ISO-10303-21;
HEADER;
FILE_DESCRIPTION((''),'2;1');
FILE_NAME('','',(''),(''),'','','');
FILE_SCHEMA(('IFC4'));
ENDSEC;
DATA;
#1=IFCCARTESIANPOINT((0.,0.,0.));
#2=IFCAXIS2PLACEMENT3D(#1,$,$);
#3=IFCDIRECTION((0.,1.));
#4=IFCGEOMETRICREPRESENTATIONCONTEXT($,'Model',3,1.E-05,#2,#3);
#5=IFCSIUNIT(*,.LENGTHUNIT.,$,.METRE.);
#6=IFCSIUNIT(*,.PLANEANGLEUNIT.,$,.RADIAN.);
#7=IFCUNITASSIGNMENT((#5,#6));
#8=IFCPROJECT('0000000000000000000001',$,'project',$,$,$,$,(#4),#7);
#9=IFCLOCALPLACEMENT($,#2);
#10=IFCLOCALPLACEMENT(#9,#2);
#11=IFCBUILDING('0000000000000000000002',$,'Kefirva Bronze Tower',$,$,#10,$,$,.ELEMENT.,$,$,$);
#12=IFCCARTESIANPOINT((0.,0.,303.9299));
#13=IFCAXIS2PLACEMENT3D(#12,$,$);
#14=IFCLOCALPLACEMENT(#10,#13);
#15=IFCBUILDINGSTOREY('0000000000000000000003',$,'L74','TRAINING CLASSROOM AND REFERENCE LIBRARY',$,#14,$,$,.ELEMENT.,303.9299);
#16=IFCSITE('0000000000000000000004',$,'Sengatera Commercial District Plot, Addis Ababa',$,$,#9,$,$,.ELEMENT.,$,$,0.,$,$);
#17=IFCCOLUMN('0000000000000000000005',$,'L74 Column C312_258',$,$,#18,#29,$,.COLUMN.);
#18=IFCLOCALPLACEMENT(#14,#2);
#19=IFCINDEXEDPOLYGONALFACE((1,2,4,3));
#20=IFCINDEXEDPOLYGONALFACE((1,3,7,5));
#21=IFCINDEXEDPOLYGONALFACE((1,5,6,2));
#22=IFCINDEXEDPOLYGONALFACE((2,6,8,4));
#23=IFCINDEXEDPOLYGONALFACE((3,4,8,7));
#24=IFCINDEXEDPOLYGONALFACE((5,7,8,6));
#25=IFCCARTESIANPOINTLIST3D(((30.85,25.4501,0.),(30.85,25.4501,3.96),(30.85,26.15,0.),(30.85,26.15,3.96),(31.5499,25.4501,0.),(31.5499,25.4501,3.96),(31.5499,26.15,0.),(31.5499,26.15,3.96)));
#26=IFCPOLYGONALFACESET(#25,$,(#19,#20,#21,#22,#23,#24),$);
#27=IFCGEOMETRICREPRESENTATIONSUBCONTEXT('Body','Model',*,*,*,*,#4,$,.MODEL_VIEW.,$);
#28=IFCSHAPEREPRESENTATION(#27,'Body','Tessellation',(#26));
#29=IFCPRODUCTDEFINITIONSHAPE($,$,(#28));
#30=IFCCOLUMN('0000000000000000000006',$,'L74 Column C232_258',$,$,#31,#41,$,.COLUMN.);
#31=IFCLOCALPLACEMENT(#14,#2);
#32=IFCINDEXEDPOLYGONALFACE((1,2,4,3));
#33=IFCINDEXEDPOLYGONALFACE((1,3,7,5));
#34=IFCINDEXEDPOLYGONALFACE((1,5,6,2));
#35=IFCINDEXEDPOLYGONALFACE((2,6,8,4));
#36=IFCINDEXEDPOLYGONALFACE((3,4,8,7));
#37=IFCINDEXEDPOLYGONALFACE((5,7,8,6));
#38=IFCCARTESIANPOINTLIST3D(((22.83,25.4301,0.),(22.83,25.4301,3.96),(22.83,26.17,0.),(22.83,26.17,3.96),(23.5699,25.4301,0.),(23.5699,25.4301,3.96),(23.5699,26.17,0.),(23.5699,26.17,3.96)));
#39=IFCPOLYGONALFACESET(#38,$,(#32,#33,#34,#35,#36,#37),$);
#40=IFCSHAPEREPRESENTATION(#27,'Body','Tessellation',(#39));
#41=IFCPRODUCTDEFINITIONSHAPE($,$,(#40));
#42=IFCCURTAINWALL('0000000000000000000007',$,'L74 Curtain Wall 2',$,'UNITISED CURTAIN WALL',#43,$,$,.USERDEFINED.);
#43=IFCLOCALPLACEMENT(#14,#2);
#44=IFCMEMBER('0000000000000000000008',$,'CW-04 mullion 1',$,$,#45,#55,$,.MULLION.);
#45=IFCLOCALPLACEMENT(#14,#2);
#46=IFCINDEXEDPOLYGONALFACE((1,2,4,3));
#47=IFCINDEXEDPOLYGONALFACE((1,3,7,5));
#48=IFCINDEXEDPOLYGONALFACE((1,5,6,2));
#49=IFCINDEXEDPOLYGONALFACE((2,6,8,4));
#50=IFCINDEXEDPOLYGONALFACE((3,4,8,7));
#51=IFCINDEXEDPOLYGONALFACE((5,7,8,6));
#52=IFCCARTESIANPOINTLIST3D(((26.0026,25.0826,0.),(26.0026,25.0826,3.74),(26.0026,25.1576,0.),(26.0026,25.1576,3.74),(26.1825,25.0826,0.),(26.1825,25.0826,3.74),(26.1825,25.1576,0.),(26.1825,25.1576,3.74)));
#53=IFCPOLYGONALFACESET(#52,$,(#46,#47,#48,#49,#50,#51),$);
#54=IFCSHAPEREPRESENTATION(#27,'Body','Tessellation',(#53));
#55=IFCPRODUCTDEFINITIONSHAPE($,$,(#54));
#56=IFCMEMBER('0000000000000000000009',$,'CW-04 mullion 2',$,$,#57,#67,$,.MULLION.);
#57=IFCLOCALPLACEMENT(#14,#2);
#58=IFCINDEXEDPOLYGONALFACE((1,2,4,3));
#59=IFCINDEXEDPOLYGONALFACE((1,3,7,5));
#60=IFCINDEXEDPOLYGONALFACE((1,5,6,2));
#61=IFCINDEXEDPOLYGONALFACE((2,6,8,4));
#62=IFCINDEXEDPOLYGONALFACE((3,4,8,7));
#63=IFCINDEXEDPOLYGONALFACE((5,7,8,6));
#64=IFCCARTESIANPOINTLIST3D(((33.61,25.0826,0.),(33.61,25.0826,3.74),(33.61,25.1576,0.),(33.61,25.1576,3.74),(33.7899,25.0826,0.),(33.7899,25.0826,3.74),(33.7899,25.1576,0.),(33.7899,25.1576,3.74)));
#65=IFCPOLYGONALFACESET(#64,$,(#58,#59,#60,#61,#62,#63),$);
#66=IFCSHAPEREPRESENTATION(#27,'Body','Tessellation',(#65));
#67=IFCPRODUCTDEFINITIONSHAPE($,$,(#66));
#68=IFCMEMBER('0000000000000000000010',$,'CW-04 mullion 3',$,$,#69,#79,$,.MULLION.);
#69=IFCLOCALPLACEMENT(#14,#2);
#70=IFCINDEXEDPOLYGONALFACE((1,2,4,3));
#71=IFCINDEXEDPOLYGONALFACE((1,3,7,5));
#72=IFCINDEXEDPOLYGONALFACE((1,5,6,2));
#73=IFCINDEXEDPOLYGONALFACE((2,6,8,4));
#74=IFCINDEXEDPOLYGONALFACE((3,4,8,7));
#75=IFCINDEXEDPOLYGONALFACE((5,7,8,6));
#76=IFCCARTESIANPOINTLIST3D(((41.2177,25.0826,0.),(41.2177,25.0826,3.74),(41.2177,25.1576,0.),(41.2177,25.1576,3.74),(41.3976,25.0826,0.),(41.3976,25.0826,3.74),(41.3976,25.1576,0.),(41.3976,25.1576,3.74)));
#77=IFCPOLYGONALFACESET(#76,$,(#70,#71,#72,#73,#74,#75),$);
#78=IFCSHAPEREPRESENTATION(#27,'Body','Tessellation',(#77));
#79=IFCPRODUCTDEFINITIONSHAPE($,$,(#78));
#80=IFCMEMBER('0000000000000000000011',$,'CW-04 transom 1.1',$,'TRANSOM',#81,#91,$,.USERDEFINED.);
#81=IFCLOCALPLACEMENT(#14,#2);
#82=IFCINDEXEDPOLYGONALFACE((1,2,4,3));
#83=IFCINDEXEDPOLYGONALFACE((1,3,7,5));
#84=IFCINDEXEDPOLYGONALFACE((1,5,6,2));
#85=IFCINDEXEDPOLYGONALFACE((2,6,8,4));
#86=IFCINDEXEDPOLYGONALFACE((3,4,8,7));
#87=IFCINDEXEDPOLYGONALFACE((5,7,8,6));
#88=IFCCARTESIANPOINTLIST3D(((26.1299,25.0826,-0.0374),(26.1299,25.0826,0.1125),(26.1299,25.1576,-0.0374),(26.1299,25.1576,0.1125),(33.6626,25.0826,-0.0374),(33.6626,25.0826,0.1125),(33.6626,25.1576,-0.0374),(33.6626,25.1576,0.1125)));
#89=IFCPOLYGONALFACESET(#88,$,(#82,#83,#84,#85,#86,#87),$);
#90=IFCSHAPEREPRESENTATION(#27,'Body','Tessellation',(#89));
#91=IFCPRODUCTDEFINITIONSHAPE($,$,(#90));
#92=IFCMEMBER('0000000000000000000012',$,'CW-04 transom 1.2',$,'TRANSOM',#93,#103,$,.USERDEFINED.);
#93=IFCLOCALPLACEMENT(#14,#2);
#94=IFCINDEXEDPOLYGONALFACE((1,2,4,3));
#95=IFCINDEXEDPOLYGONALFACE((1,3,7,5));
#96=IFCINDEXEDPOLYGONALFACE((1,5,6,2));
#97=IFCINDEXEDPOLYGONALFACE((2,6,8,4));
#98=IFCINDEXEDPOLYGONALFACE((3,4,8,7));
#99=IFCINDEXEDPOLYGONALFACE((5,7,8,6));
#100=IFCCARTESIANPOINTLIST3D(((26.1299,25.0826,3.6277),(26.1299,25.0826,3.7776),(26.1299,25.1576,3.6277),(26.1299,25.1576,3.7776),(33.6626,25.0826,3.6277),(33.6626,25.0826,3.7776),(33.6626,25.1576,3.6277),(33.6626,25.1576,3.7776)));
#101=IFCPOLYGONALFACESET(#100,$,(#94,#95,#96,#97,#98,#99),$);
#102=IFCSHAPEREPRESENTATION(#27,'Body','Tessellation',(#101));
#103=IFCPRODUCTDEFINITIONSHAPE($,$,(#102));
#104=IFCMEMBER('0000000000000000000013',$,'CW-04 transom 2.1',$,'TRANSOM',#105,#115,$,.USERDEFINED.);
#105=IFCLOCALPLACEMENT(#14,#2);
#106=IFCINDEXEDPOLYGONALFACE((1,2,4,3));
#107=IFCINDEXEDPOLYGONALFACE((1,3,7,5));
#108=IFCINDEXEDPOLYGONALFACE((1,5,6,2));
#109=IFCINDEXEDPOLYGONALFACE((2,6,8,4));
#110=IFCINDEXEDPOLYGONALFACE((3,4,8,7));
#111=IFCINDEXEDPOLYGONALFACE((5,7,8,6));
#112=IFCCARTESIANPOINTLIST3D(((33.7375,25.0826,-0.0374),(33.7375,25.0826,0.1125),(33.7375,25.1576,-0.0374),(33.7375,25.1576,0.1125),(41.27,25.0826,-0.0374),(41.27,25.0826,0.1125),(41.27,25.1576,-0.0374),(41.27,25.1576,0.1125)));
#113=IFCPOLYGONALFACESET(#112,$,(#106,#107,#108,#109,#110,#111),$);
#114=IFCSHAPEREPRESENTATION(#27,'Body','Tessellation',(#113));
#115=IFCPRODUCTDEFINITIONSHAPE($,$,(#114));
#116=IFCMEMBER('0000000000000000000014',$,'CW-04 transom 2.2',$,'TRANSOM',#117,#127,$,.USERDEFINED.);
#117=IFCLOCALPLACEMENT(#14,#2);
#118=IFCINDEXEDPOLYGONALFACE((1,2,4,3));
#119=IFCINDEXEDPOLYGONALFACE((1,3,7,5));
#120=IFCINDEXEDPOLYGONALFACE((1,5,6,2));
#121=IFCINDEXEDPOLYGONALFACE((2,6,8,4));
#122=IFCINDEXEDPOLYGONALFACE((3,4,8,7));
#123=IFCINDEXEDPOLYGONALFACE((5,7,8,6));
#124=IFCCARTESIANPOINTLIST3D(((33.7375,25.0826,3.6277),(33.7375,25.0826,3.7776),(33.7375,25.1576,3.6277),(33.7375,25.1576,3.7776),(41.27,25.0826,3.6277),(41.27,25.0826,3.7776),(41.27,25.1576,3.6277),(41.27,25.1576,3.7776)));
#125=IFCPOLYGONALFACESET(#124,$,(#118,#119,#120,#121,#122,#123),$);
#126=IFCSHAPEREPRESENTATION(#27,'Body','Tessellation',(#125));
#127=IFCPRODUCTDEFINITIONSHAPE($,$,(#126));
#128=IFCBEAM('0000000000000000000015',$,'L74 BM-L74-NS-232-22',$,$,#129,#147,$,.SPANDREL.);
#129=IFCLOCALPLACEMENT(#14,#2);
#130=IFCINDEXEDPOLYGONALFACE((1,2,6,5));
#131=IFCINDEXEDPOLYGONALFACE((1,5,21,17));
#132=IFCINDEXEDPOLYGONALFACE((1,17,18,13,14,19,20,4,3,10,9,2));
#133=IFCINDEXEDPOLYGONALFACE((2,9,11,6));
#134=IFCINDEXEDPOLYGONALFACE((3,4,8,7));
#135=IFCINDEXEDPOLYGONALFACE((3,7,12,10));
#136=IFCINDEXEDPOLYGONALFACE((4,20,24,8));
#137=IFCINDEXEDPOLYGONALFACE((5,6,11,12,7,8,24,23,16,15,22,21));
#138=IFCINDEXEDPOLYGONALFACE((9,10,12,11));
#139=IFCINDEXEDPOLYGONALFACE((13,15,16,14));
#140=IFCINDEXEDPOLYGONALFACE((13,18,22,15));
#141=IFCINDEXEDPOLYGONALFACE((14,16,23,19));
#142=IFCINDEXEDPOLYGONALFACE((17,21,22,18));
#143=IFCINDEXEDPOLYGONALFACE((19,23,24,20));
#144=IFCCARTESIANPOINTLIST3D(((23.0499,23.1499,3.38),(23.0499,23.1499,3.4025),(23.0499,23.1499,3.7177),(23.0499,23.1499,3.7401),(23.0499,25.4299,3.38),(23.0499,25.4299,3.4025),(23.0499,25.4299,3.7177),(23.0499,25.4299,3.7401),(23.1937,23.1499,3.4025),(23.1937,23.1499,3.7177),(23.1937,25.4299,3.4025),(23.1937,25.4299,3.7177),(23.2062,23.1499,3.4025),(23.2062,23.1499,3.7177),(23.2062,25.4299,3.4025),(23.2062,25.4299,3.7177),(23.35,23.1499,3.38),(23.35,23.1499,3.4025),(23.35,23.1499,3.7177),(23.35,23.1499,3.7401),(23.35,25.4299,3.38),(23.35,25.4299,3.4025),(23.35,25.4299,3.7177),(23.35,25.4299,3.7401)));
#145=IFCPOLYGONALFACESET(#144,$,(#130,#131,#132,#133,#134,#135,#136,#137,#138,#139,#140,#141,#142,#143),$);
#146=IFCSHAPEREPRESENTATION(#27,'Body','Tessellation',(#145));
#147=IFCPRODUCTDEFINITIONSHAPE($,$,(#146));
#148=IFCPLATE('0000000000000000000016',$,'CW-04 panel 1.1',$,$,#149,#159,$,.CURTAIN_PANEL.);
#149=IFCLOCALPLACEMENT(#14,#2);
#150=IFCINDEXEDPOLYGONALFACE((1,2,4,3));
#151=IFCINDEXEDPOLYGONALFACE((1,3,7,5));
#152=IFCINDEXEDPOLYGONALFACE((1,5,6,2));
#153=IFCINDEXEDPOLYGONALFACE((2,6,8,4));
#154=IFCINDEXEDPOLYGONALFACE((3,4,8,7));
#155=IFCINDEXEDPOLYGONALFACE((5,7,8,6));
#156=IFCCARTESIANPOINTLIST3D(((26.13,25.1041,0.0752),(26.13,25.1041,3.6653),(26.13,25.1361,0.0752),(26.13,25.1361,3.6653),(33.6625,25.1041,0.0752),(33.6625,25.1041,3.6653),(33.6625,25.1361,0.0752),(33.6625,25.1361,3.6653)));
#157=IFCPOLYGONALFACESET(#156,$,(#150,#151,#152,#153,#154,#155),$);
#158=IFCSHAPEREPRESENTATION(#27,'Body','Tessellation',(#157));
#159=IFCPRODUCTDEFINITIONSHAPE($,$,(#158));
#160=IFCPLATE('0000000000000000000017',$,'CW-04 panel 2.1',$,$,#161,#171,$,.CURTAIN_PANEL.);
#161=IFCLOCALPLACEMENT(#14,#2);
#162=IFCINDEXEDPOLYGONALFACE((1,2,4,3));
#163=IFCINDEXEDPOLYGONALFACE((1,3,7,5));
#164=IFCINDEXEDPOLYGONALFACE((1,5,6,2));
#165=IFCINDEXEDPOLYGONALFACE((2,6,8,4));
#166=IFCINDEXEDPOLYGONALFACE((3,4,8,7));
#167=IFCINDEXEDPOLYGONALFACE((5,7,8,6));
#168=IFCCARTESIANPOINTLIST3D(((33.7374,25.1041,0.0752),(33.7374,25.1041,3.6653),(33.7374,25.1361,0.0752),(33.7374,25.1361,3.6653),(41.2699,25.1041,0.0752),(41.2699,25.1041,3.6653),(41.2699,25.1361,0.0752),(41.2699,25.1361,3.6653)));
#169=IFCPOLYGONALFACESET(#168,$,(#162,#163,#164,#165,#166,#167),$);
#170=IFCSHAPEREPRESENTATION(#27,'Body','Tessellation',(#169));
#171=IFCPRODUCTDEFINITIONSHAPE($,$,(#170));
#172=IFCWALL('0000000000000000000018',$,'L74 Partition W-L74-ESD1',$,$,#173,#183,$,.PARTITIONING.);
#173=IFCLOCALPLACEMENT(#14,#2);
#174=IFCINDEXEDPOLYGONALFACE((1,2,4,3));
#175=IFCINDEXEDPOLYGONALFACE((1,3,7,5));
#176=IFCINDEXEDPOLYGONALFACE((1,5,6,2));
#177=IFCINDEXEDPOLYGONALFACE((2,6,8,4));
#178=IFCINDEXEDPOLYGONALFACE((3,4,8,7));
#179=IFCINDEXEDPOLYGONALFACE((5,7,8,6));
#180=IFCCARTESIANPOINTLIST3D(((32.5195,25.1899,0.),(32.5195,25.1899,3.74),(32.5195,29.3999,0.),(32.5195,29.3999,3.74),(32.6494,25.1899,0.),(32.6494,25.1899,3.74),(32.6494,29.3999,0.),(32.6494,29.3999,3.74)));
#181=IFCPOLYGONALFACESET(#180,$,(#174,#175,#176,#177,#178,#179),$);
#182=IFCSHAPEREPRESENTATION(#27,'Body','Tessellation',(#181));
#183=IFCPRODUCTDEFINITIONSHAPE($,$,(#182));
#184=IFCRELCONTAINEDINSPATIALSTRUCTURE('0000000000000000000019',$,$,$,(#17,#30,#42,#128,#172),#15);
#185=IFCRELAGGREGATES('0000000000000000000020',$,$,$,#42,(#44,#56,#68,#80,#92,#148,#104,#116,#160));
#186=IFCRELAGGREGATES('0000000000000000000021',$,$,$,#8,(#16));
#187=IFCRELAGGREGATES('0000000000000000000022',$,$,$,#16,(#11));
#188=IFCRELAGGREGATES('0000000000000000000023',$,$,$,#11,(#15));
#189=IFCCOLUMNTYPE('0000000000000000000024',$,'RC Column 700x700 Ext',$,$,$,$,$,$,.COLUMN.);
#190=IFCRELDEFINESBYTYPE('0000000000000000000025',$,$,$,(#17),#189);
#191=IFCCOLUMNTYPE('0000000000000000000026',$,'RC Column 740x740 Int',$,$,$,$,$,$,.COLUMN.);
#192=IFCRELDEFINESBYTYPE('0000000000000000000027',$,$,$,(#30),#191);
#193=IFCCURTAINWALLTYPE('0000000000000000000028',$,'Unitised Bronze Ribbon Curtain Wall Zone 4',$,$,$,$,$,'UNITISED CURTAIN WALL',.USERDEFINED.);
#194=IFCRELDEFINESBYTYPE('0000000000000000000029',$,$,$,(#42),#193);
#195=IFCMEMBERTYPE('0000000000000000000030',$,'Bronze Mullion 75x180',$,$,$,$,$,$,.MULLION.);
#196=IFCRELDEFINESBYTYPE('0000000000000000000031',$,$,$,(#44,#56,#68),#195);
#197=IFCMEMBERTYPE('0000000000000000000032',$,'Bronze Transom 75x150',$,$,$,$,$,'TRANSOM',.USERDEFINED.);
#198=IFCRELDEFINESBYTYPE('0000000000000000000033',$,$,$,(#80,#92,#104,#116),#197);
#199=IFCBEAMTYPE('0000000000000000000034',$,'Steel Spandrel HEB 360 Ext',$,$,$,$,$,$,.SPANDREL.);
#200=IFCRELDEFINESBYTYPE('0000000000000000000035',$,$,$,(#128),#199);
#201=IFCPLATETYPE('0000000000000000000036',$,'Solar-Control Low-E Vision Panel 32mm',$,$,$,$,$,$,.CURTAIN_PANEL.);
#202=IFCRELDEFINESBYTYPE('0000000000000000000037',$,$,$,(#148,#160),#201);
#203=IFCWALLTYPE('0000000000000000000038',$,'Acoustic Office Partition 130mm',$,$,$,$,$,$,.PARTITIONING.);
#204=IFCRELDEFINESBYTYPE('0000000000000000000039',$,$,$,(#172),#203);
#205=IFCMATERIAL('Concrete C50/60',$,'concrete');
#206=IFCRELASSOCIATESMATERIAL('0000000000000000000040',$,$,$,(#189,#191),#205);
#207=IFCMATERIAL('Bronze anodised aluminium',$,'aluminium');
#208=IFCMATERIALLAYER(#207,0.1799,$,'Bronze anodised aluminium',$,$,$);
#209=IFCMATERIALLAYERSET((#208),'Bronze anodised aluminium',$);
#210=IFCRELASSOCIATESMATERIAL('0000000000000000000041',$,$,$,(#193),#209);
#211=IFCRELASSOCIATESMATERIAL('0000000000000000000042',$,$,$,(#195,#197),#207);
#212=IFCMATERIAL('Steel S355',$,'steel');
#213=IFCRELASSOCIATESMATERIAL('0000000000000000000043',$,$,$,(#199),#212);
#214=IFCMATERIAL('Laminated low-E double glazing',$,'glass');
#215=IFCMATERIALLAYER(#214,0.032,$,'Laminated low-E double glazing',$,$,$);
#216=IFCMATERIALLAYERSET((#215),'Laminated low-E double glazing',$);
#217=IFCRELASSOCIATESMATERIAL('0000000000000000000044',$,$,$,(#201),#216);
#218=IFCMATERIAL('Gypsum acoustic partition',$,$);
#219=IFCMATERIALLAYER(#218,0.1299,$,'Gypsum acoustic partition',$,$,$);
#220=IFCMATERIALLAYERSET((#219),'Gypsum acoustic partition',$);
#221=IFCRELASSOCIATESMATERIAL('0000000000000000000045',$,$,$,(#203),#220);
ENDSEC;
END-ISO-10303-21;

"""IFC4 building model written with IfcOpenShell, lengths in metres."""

from ifc_helpers import new_model, si_unit, direction, frame, frame_2d, origin, origin_2d, place, context, subcontext, project, spatial, rectangle, i_section, extrude, material, layer, layer_set, material_profile, profile_set, type_object, element, aggregate, save


model = new_model("IFC4")

# Units and contexts
model_context = context("Model", 3, precision=1e-05, world=origin(), true_north=direction((0.0, 1.0)))
body_context = subcontext(model_context, "Body", "Model", "MODEL_VIEW")
ifc_project = project(units=[si_unit("LENGTHUNIT", "METRE"), si_unit("PLANEANGLEUNIT", "RADIAN")], contexts=[model_context])

# Site, building, storey
site_placement = place(None, origin())
site = spatial("IfcSite", under=ifc_project, at=site_placement, Name="Sengatera Commercial District Plot, Addis Ababa", CompositionType="ELEMENT", RefElevation=0.0)
building_placement = place(site_placement, origin())
building = spatial("IfcBuilding", under=site, at=building_placement, Name="Kefirva Bronze Tower", CompositionType="ELEMENT")
storey_placement = place(building_placement, frame((0.0, 0.0, 303.9299)))
storey = spatial("IfcBuildingStorey", under=building, at=storey_placement, Name="L74", Description="TRAINING CLASSROOM AND REFERENCE LIBRARY", CompositionType="ELEMENT", Elevation=303.9299)

# Columns
ifc_material_1 = material(Name="Concrete C50/60", Category="concrete")
ifc_material_profile_1 = material_profile(ifc_material_1, rectangle(XDim=0.7, YDim=0.7, at=origin_2d()), Name="RC 700x700")
ifc_profile_set_1 = profile_set([ifc_material_profile_1], Name="Concrete C50/60")
column_type_1 = type_object("IfcColumnType", Name="RC Column 700x700 Ext", PredefinedType="COLUMN", material=ifc_profile_set_1)
column_1_placement = place(storey_placement, frame((31.2, 25.8, 0.0), z_axis=(0.0, 0.0, 1.0), x_axis=(1.0, 0.0, 0.0)))
element("IfcColumn", 1, at=column_1_placement, inside=storey, type_object=column_type_1, Name="L74 Column C312_258", PredefinedType="COLUMN", context=body_context, shape_type="SweptSolid", body=[
    extrude(rectangle(XDim=0.7, YDim=0.7, at=origin_2d()), origin(), (0.0, 0.0, 1.0), 3.96),
])
ifc_material_profile_2 = material_profile(ifc_material_1, rectangle(XDim=0.74, YDim=0.74, at=origin_2d()), Name="RC 740x740")
ifc_profile_set_2 = profile_set([ifc_material_profile_2], Name="Concrete C50/60")
column_type_2 = type_object("IfcColumnType", Name="RC Column 740x740 Int", PredefinedType="COLUMN", material=ifc_profile_set_2)
column_2_placement = place(storey_placement, frame((23.2, 25.8, 0.0), z_axis=(0.0, 0.0, 1.0), x_axis=(1.0, 0.0, 0.0)))
element("IfcColumn", 2, at=column_2_placement, inside=storey, type_object=column_type_2, Name="L74 Column C232_258", PredefinedType="COLUMN", context=body_context, shape_type="SweptSolid", body=[
    extrude(rectangle(XDim=0.74, YDim=0.74, at=origin_2d()), origin(), (0.0, 0.0, 1.0), 3.96),
])

# Curtain wall, members
ifc_material_2 = material(Name="Bronze anodised aluminium", Category="aluminium")
ifc_layer_1 = layer(ifc_material_2, 0.1799, Name="Bronze anodised aluminium")
ifc_layer_set_1 = layer_set([ifc_layer_1], Name="Bronze anodised aluminium")
curtain_wall_type = type_object("IfcCurtainWallType", Name="Unitised Bronze Ribbon Curtain Wall Zone 4", ElementType="UNITISED CURTAIN WALL", PredefinedType="USERDEFINED", material=ifc_layer_set_1)
curtain_wall_placement = place(storey_placement, origin())
curtain_wall = element("IfcCurtainWall", 3, at=curtain_wall_placement, inside=storey, type_object=curtain_wall_type, Name="L74 Curtain Wall 2", ObjectType="UNITISED CURTAIN WALL", PredefinedType="USERDEFINED")
ifc_material_profile_3 = material_profile(ifc_material_2, rectangle(XDim=0.075, YDim=0.1799, at=origin_2d()), Name="ALU 75x180")
ifc_profile_set_3 = profile_set([ifc_material_profile_3], Name="Bronze anodised aluminium")
member_type_1 = type_object("IfcMemberType", Name="Bronze Mullion 75x180", PredefinedType="MULLION", material=ifc_profile_set_3)
member_1_placement = place(storey_placement, frame((26.0925, 25.1201, 0.0), z_axis=(0.0, 0.0, 1.0), x_axis=(0.0, 1.0, 0.0)))
member_1 = element("IfcMember", 4, at=member_1_placement, type_object=member_type_1, Name="CW-04 mullion 1", PredefinedType="MULLION", context=body_context, shape_type="SweptSolid", body=[
    extrude(rectangle(XDim=0.075, YDim=0.1799, at=origin_2d()), origin(), (0.0, 0.0, 1.0), 3.74),
])
member_2_placement = place(storey_placement, frame((33.7, 25.1201, 0.0), z_axis=(0.0, 0.0, 1.0), x_axis=(0.0, 1.0, 0.0)))
member_2 = element("IfcMember", 5, at=member_2_placement, type_object=member_type_1, Name="CW-04 mullion 2", PredefinedType="MULLION", context=body_context, shape_type="SweptSolid", body=[
    extrude(rectangle(XDim=0.075, YDim=0.1799, at=origin_2d()), origin(), (0.0, 0.0, 1.0), 3.74),
])
member_3_placement = place(storey_placement, frame((41.3076, 25.1201, 0.0), z_axis=(0.0, 0.0, 1.0), x_axis=(0.0, 1.0, 0.0)))
member_3 = element("IfcMember", 6, at=member_3_placement, type_object=member_type_1, Name="CW-04 mullion 3", PredefinedType="MULLION", context=body_context, shape_type="SweptSolid", body=[
    extrude(rectangle(XDim=0.075, YDim=0.1799, at=origin_2d()), origin(), (0.0, 0.0, 1.0), 3.74),
])
ifc_material_profile_4 = material_profile(ifc_material_2, rectangle(XDim=0.075, YDim=0.1499, at=origin_2d()), Name="ALU 75x150")
ifc_profile_set_4 = profile_set([ifc_material_profile_4], Name="Bronze anodised aluminium")
member_type_2 = type_object("IfcMemberType", Name="Bronze Transom 75x150", ElementType="TRANSOM", PredefinedType="USERDEFINED", material=ifc_profile_set_4)
member_4_placement = place(storey_placement, frame((26.1299, 25.1201, 0.0376), z_axis=(1.0, 0.0, 0.0), x_axis=(0.0, 1.0, 0.0)))
member_4 = element("IfcMember", 7, at=member_4_placement, type_object=member_type_2, Name="CW-04 transom 1.1", ObjectType="TRANSOM", PredefinedType="USERDEFINED", context=body_context, shape_type="SweptSolid", body=[
    extrude(rectangle(XDim=0.075, YDim=0.1499, at=origin_2d()), origin(), (0.0, 0.0, 1.0), 7.5327),
])
member_5_placement = place(storey_placement, frame((26.1299, 25.1201, 3.7026), z_axis=(1.0, 0.0, 0.0), x_axis=(0.0, 1.0, 0.0)))
member_5 = element("IfcMember", 8, at=member_5_placement, type_object=member_type_2, Name="CW-04 transom 1.2", ObjectType="TRANSOM", PredefinedType="USERDEFINED", context=body_context, shape_type="SweptSolid", body=[
    extrude(rectangle(XDim=0.075, YDim=0.1499, at=origin_2d()), origin(), (0.0, 0.0, 1.0), 7.5327),
])
member_6_placement = place(storey_placement, frame((33.7375, 25.1201, 0.0376), z_axis=(1.0, 0.0, 0.0), x_axis=(0.0, 1.0, 0.0)))
member_6 = element("IfcMember", 9, at=member_6_placement, type_object=member_type_2, Name="CW-04 transom 2.1", ObjectType="TRANSOM", PredefinedType="USERDEFINED", context=body_context, shape_type="SweptSolid", body=[
    extrude(rectangle(XDim=0.075, YDim=0.1499, at=origin_2d()), origin(), (0.0, 0.0, 1.0), 7.5325),
])
member_7_placement = place(storey_placement, frame((33.7375, 25.1201, 3.7026), z_axis=(1.0, 0.0, 0.0), x_axis=(0.0, 1.0, 0.0)))
member_7 = element("IfcMember", 10, at=member_7_placement, type_object=member_type_2, Name="CW-04 transom 2.2", ObjectType="TRANSOM", PredefinedType="USERDEFINED", context=body_context, shape_type="SweptSolid", body=[
    extrude(rectangle(XDim=0.075, YDim=0.1499, at=origin_2d()), origin(), (0.0, 0.0, 1.0), 7.5325),
])

# Beam
ifc_material_3 = material(Name="Steel S355", Category="steel")
ifc_material_profile_5 = material_profile(ifc_material_3, i_section(OverallWidth=0.3, OverallDepth=0.3601, WebThickness=0.0125, FlangeThickness=0.0225, at=origin_2d()), Name="HEB 360")
ifc_profile_set_5 = profile_set([ifc_material_profile_5], Name="Steel S355")
beam_type = type_object("IfcBeamType", Name="Steel Spandrel HEB 360 Ext", PredefinedType="SPANDREL", material=ifc_profile_set_5)
beam_placement = place(storey_placement, frame((23.2, 23.1499, 3.5601), z_axis=(0.0, 1.0, 0.0), x_axis=(-1.0, 0.0, 0.0)))
element("IfcBeam", 11, at=beam_placement, inside=storey, type_object=beam_type, Name="L74 BM-L74-NS-232-22", PredefinedType="SPANDREL", context=body_context, shape_type="SweptSolid", body=[
    extrude(i_section(OverallWidth=0.3, OverallDepth=0.3601, WebThickness=0.0125, FlangeThickness=0.0225, at=origin_2d()), origin(), (0.0, 0.0, 1.0), 2.28),
])

# Plates
ifc_material_4 = material(Name="Laminated low-E double glazing", Category="glass")
ifc_layer_2 = layer(ifc_material_4, 0.032, Name="Laminated low-E double glazing")
ifc_layer_set_2 = layer_set([ifc_layer_2], Name="Laminated low-E double glazing")
plate_type = type_object("IfcPlateType", Name="Solar-Control Low-E Vision Panel 32mm", PredefinedType="CURTAIN_PANEL", material=ifc_layer_set_2)
plate_1_placement = place(storey_placement, frame((29.8962, 25.1201, 0.0752), z_axis=(0.0, 0.0, 1.0), x_axis=(1.0, 0.0, 0.0)))
plate_1 = element("IfcPlate", 12, at=plate_1_placement, type_object=plate_type, Name="CW-04 panel 1.1", PredefinedType="CURTAIN_PANEL", context=body_context, shape_type="SweptSolid", body=[
    extrude(rectangle(XDim=7.5325, YDim=0.032, at=origin_2d()), origin(), (0.0, 0.0, 1.0), 3.5901),
])
plate_2_placement = place(storey_placement, frame((37.5037, 25.1201, 0.0752), z_axis=(0.0, 0.0, 1.0), x_axis=(1.0, 0.0, 0.0)))
plate_2 = element("IfcPlate", 13, at=plate_2_placement, type_object=plate_type, Name="CW-04 panel 2.1", PredefinedType="CURTAIN_PANEL", context=body_context, shape_type="SweptSolid", body=[
    extrude(rectangle(XDim=7.5325, YDim=0.032, at=origin_2d()), origin(), (0.0, 0.0, 1.0), 3.5901),
])
aggregate(curtain_wall, [member_1, member_2, member_3, member_4, member_5, plate_1, member_6, member_7, plate_2])

# Wall
ifc_material_5 = material(Name="Gypsum acoustic partition")
ifc_layer_3 = layer(ifc_material_5, 0.1299, Name="Gypsum acoustic partition")
ifc_layer_set_3 = layer_set([ifc_layer_3], Name="Gypsum acoustic partition")
wall_type_1 = type_object("IfcWallType", Name="Acoustic Office Partition 130mm", PredefinedType="PARTITIONING", material=ifc_layer_set_3)
wall_1_placement = place(storey_placement, frame((32.5845, 25.1899, 0.0), z_axis=(0.0, 0.0, 1.0), x_axis=(0.0, 1.0, 0.0)))
element("IfcWall", 14, at=wall_1_placement, inside=storey, type_object=wall_type_1, Name="L74 Partition W-L74-ESD1", PredefinedType="PARTITIONING", context=body_context, shape_type="SweptSolid", body=[
    extrude(rectangle(XDim=4.21, YDim=0.1299, at=frame_2d((2.105, 0.0))), origin(), (0.0, 0.0, 1.0), 3.74),
])

save(model, "model.ifc")
